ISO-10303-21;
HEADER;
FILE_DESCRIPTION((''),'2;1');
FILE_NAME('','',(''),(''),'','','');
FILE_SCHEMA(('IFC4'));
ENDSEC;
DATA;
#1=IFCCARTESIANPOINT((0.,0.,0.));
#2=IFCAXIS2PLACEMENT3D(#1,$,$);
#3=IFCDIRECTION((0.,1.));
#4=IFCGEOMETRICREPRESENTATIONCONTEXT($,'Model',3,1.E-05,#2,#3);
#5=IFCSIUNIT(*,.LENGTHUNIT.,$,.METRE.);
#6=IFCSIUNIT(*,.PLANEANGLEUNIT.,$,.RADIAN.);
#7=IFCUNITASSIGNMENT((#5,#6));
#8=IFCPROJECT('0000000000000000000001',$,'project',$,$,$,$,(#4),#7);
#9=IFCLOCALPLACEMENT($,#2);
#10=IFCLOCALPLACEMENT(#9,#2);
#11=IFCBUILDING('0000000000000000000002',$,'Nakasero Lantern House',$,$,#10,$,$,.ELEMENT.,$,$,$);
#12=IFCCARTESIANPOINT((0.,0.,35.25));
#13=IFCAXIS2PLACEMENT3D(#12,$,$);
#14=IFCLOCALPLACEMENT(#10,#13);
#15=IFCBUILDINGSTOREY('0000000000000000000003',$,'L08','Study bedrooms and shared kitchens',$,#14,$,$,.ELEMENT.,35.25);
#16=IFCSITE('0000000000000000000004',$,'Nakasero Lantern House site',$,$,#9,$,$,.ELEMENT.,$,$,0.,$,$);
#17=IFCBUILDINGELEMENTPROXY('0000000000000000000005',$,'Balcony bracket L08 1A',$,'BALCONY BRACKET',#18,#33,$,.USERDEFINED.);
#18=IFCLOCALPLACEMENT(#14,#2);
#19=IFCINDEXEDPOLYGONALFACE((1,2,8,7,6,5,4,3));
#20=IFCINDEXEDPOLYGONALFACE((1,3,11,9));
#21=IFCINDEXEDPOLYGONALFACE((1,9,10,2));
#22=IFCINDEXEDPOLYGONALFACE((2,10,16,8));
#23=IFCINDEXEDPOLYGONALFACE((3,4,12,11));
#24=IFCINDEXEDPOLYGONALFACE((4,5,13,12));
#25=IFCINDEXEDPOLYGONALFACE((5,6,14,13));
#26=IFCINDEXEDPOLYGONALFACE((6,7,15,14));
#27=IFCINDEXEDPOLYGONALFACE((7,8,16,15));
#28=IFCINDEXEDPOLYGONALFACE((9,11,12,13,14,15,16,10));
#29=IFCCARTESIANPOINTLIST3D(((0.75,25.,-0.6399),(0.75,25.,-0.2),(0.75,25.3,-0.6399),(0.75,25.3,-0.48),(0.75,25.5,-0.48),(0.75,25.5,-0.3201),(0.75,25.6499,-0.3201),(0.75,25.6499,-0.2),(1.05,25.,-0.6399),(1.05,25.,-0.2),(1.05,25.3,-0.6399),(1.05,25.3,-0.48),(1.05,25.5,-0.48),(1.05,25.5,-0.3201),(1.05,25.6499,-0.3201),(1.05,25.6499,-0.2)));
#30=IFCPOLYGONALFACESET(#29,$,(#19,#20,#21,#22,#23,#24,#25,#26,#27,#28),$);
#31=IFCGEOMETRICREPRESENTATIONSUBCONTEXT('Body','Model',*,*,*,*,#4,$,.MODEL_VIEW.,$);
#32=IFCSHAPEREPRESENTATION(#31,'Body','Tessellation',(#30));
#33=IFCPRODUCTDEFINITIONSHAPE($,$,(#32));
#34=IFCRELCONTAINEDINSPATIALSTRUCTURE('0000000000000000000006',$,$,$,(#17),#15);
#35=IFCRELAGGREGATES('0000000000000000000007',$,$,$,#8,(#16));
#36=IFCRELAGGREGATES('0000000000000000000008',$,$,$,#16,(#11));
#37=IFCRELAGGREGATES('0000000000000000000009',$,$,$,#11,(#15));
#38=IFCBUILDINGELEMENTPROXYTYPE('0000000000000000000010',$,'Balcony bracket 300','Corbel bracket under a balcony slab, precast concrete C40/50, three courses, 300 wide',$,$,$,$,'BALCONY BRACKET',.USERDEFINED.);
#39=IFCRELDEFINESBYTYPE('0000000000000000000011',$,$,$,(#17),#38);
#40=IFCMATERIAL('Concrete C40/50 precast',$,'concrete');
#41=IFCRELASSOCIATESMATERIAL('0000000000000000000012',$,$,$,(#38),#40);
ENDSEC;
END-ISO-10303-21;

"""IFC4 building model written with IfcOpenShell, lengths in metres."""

from ifc_helpers import new_model, si_unit, direction, frame, origin, place, context, subcontext, project, spatial, polyline, outline, extrude, material, type_object, element, save


model = new_model("IFC4")

# Units and contexts
model_context = context("Model", 3, precision=1e-05, world=origin(), true_north=direction((0.0, 1.0)))
body_context = subcontext(model_context, "Body", "Model", "MODEL_VIEW")
ifc_project = project(units=[si_unit("LENGTHUNIT", "METRE"), si_unit("PLANEANGLEUNIT", "RADIAN")], contexts=[model_context])

# Site, building, storey
site_placement = place(None, origin())
site = spatial("IfcSite", under=ifc_project, at=site_placement, Name="Nakasero Lantern House site", CompositionType="ELEMENT", RefElevation=0.0)
building_placement = place(site_placement, origin())
building = spatial("IfcBuilding", under=site, at=building_placement, Name="Nakasero Lantern House", CompositionType="ELEMENT")
storey_placement = place(building_placement, frame((0.0, 0.0, 35.25)))
storey = spatial("IfcBuildingStorey", under=building, at=storey_placement, Name="L08", Description="Study bedrooms and shared kitchens", CompositionType="ELEMENT", Elevation=35.25)

# Building element proxy
ifc_material_1 = material(Name="Concrete C40/50 precast", Category="concrete")
building_element_proxy_type = type_object("IfcBuildingElementProxyType", Name="Balcony bracket 300", Description="Corbel bracket under a balcony slab, precast concrete C40/50, three courses, 300 wide", ElementType="BALCONY BRACKET", PredefinedType="USERDEFINED", material=ifc_material_1)
proxy_placement = place(storey_placement, frame((0.8999, 25.0, -0.2), z_axis=(0.0, 0.0, 1.0), x_axis=(0.0, 1.0, 0.0)))
element("IfcBuildingElementProxy", 1, at=proxy_placement, inside=storey, type_object=building_element_proxy_type, Name="Balcony bracket L08 1A", ObjectType="BALCONY BRACKET", PredefinedType="USERDEFINED", context=body_context, shape_type="SweptSolid", body=[
    extrude(outline(polyline([(0.0, 0.0), (0.6499, 0.0), (0.6499, -0.1201), (0.5, -0.1201), (0.5, -0.28), (0.3, -0.28), (0.3, -0.4399), (0.0, -0.4399), (0.0, 0.0)])), frame((0.0, 0.1499, 0.0), z_axis=(0.0, -1.0, 0.0), x_axis=(1.0, 0.0, 0.0)), (0.0, 0.0, 1.0), 0.3),
])

save(model, "model.ifc")
